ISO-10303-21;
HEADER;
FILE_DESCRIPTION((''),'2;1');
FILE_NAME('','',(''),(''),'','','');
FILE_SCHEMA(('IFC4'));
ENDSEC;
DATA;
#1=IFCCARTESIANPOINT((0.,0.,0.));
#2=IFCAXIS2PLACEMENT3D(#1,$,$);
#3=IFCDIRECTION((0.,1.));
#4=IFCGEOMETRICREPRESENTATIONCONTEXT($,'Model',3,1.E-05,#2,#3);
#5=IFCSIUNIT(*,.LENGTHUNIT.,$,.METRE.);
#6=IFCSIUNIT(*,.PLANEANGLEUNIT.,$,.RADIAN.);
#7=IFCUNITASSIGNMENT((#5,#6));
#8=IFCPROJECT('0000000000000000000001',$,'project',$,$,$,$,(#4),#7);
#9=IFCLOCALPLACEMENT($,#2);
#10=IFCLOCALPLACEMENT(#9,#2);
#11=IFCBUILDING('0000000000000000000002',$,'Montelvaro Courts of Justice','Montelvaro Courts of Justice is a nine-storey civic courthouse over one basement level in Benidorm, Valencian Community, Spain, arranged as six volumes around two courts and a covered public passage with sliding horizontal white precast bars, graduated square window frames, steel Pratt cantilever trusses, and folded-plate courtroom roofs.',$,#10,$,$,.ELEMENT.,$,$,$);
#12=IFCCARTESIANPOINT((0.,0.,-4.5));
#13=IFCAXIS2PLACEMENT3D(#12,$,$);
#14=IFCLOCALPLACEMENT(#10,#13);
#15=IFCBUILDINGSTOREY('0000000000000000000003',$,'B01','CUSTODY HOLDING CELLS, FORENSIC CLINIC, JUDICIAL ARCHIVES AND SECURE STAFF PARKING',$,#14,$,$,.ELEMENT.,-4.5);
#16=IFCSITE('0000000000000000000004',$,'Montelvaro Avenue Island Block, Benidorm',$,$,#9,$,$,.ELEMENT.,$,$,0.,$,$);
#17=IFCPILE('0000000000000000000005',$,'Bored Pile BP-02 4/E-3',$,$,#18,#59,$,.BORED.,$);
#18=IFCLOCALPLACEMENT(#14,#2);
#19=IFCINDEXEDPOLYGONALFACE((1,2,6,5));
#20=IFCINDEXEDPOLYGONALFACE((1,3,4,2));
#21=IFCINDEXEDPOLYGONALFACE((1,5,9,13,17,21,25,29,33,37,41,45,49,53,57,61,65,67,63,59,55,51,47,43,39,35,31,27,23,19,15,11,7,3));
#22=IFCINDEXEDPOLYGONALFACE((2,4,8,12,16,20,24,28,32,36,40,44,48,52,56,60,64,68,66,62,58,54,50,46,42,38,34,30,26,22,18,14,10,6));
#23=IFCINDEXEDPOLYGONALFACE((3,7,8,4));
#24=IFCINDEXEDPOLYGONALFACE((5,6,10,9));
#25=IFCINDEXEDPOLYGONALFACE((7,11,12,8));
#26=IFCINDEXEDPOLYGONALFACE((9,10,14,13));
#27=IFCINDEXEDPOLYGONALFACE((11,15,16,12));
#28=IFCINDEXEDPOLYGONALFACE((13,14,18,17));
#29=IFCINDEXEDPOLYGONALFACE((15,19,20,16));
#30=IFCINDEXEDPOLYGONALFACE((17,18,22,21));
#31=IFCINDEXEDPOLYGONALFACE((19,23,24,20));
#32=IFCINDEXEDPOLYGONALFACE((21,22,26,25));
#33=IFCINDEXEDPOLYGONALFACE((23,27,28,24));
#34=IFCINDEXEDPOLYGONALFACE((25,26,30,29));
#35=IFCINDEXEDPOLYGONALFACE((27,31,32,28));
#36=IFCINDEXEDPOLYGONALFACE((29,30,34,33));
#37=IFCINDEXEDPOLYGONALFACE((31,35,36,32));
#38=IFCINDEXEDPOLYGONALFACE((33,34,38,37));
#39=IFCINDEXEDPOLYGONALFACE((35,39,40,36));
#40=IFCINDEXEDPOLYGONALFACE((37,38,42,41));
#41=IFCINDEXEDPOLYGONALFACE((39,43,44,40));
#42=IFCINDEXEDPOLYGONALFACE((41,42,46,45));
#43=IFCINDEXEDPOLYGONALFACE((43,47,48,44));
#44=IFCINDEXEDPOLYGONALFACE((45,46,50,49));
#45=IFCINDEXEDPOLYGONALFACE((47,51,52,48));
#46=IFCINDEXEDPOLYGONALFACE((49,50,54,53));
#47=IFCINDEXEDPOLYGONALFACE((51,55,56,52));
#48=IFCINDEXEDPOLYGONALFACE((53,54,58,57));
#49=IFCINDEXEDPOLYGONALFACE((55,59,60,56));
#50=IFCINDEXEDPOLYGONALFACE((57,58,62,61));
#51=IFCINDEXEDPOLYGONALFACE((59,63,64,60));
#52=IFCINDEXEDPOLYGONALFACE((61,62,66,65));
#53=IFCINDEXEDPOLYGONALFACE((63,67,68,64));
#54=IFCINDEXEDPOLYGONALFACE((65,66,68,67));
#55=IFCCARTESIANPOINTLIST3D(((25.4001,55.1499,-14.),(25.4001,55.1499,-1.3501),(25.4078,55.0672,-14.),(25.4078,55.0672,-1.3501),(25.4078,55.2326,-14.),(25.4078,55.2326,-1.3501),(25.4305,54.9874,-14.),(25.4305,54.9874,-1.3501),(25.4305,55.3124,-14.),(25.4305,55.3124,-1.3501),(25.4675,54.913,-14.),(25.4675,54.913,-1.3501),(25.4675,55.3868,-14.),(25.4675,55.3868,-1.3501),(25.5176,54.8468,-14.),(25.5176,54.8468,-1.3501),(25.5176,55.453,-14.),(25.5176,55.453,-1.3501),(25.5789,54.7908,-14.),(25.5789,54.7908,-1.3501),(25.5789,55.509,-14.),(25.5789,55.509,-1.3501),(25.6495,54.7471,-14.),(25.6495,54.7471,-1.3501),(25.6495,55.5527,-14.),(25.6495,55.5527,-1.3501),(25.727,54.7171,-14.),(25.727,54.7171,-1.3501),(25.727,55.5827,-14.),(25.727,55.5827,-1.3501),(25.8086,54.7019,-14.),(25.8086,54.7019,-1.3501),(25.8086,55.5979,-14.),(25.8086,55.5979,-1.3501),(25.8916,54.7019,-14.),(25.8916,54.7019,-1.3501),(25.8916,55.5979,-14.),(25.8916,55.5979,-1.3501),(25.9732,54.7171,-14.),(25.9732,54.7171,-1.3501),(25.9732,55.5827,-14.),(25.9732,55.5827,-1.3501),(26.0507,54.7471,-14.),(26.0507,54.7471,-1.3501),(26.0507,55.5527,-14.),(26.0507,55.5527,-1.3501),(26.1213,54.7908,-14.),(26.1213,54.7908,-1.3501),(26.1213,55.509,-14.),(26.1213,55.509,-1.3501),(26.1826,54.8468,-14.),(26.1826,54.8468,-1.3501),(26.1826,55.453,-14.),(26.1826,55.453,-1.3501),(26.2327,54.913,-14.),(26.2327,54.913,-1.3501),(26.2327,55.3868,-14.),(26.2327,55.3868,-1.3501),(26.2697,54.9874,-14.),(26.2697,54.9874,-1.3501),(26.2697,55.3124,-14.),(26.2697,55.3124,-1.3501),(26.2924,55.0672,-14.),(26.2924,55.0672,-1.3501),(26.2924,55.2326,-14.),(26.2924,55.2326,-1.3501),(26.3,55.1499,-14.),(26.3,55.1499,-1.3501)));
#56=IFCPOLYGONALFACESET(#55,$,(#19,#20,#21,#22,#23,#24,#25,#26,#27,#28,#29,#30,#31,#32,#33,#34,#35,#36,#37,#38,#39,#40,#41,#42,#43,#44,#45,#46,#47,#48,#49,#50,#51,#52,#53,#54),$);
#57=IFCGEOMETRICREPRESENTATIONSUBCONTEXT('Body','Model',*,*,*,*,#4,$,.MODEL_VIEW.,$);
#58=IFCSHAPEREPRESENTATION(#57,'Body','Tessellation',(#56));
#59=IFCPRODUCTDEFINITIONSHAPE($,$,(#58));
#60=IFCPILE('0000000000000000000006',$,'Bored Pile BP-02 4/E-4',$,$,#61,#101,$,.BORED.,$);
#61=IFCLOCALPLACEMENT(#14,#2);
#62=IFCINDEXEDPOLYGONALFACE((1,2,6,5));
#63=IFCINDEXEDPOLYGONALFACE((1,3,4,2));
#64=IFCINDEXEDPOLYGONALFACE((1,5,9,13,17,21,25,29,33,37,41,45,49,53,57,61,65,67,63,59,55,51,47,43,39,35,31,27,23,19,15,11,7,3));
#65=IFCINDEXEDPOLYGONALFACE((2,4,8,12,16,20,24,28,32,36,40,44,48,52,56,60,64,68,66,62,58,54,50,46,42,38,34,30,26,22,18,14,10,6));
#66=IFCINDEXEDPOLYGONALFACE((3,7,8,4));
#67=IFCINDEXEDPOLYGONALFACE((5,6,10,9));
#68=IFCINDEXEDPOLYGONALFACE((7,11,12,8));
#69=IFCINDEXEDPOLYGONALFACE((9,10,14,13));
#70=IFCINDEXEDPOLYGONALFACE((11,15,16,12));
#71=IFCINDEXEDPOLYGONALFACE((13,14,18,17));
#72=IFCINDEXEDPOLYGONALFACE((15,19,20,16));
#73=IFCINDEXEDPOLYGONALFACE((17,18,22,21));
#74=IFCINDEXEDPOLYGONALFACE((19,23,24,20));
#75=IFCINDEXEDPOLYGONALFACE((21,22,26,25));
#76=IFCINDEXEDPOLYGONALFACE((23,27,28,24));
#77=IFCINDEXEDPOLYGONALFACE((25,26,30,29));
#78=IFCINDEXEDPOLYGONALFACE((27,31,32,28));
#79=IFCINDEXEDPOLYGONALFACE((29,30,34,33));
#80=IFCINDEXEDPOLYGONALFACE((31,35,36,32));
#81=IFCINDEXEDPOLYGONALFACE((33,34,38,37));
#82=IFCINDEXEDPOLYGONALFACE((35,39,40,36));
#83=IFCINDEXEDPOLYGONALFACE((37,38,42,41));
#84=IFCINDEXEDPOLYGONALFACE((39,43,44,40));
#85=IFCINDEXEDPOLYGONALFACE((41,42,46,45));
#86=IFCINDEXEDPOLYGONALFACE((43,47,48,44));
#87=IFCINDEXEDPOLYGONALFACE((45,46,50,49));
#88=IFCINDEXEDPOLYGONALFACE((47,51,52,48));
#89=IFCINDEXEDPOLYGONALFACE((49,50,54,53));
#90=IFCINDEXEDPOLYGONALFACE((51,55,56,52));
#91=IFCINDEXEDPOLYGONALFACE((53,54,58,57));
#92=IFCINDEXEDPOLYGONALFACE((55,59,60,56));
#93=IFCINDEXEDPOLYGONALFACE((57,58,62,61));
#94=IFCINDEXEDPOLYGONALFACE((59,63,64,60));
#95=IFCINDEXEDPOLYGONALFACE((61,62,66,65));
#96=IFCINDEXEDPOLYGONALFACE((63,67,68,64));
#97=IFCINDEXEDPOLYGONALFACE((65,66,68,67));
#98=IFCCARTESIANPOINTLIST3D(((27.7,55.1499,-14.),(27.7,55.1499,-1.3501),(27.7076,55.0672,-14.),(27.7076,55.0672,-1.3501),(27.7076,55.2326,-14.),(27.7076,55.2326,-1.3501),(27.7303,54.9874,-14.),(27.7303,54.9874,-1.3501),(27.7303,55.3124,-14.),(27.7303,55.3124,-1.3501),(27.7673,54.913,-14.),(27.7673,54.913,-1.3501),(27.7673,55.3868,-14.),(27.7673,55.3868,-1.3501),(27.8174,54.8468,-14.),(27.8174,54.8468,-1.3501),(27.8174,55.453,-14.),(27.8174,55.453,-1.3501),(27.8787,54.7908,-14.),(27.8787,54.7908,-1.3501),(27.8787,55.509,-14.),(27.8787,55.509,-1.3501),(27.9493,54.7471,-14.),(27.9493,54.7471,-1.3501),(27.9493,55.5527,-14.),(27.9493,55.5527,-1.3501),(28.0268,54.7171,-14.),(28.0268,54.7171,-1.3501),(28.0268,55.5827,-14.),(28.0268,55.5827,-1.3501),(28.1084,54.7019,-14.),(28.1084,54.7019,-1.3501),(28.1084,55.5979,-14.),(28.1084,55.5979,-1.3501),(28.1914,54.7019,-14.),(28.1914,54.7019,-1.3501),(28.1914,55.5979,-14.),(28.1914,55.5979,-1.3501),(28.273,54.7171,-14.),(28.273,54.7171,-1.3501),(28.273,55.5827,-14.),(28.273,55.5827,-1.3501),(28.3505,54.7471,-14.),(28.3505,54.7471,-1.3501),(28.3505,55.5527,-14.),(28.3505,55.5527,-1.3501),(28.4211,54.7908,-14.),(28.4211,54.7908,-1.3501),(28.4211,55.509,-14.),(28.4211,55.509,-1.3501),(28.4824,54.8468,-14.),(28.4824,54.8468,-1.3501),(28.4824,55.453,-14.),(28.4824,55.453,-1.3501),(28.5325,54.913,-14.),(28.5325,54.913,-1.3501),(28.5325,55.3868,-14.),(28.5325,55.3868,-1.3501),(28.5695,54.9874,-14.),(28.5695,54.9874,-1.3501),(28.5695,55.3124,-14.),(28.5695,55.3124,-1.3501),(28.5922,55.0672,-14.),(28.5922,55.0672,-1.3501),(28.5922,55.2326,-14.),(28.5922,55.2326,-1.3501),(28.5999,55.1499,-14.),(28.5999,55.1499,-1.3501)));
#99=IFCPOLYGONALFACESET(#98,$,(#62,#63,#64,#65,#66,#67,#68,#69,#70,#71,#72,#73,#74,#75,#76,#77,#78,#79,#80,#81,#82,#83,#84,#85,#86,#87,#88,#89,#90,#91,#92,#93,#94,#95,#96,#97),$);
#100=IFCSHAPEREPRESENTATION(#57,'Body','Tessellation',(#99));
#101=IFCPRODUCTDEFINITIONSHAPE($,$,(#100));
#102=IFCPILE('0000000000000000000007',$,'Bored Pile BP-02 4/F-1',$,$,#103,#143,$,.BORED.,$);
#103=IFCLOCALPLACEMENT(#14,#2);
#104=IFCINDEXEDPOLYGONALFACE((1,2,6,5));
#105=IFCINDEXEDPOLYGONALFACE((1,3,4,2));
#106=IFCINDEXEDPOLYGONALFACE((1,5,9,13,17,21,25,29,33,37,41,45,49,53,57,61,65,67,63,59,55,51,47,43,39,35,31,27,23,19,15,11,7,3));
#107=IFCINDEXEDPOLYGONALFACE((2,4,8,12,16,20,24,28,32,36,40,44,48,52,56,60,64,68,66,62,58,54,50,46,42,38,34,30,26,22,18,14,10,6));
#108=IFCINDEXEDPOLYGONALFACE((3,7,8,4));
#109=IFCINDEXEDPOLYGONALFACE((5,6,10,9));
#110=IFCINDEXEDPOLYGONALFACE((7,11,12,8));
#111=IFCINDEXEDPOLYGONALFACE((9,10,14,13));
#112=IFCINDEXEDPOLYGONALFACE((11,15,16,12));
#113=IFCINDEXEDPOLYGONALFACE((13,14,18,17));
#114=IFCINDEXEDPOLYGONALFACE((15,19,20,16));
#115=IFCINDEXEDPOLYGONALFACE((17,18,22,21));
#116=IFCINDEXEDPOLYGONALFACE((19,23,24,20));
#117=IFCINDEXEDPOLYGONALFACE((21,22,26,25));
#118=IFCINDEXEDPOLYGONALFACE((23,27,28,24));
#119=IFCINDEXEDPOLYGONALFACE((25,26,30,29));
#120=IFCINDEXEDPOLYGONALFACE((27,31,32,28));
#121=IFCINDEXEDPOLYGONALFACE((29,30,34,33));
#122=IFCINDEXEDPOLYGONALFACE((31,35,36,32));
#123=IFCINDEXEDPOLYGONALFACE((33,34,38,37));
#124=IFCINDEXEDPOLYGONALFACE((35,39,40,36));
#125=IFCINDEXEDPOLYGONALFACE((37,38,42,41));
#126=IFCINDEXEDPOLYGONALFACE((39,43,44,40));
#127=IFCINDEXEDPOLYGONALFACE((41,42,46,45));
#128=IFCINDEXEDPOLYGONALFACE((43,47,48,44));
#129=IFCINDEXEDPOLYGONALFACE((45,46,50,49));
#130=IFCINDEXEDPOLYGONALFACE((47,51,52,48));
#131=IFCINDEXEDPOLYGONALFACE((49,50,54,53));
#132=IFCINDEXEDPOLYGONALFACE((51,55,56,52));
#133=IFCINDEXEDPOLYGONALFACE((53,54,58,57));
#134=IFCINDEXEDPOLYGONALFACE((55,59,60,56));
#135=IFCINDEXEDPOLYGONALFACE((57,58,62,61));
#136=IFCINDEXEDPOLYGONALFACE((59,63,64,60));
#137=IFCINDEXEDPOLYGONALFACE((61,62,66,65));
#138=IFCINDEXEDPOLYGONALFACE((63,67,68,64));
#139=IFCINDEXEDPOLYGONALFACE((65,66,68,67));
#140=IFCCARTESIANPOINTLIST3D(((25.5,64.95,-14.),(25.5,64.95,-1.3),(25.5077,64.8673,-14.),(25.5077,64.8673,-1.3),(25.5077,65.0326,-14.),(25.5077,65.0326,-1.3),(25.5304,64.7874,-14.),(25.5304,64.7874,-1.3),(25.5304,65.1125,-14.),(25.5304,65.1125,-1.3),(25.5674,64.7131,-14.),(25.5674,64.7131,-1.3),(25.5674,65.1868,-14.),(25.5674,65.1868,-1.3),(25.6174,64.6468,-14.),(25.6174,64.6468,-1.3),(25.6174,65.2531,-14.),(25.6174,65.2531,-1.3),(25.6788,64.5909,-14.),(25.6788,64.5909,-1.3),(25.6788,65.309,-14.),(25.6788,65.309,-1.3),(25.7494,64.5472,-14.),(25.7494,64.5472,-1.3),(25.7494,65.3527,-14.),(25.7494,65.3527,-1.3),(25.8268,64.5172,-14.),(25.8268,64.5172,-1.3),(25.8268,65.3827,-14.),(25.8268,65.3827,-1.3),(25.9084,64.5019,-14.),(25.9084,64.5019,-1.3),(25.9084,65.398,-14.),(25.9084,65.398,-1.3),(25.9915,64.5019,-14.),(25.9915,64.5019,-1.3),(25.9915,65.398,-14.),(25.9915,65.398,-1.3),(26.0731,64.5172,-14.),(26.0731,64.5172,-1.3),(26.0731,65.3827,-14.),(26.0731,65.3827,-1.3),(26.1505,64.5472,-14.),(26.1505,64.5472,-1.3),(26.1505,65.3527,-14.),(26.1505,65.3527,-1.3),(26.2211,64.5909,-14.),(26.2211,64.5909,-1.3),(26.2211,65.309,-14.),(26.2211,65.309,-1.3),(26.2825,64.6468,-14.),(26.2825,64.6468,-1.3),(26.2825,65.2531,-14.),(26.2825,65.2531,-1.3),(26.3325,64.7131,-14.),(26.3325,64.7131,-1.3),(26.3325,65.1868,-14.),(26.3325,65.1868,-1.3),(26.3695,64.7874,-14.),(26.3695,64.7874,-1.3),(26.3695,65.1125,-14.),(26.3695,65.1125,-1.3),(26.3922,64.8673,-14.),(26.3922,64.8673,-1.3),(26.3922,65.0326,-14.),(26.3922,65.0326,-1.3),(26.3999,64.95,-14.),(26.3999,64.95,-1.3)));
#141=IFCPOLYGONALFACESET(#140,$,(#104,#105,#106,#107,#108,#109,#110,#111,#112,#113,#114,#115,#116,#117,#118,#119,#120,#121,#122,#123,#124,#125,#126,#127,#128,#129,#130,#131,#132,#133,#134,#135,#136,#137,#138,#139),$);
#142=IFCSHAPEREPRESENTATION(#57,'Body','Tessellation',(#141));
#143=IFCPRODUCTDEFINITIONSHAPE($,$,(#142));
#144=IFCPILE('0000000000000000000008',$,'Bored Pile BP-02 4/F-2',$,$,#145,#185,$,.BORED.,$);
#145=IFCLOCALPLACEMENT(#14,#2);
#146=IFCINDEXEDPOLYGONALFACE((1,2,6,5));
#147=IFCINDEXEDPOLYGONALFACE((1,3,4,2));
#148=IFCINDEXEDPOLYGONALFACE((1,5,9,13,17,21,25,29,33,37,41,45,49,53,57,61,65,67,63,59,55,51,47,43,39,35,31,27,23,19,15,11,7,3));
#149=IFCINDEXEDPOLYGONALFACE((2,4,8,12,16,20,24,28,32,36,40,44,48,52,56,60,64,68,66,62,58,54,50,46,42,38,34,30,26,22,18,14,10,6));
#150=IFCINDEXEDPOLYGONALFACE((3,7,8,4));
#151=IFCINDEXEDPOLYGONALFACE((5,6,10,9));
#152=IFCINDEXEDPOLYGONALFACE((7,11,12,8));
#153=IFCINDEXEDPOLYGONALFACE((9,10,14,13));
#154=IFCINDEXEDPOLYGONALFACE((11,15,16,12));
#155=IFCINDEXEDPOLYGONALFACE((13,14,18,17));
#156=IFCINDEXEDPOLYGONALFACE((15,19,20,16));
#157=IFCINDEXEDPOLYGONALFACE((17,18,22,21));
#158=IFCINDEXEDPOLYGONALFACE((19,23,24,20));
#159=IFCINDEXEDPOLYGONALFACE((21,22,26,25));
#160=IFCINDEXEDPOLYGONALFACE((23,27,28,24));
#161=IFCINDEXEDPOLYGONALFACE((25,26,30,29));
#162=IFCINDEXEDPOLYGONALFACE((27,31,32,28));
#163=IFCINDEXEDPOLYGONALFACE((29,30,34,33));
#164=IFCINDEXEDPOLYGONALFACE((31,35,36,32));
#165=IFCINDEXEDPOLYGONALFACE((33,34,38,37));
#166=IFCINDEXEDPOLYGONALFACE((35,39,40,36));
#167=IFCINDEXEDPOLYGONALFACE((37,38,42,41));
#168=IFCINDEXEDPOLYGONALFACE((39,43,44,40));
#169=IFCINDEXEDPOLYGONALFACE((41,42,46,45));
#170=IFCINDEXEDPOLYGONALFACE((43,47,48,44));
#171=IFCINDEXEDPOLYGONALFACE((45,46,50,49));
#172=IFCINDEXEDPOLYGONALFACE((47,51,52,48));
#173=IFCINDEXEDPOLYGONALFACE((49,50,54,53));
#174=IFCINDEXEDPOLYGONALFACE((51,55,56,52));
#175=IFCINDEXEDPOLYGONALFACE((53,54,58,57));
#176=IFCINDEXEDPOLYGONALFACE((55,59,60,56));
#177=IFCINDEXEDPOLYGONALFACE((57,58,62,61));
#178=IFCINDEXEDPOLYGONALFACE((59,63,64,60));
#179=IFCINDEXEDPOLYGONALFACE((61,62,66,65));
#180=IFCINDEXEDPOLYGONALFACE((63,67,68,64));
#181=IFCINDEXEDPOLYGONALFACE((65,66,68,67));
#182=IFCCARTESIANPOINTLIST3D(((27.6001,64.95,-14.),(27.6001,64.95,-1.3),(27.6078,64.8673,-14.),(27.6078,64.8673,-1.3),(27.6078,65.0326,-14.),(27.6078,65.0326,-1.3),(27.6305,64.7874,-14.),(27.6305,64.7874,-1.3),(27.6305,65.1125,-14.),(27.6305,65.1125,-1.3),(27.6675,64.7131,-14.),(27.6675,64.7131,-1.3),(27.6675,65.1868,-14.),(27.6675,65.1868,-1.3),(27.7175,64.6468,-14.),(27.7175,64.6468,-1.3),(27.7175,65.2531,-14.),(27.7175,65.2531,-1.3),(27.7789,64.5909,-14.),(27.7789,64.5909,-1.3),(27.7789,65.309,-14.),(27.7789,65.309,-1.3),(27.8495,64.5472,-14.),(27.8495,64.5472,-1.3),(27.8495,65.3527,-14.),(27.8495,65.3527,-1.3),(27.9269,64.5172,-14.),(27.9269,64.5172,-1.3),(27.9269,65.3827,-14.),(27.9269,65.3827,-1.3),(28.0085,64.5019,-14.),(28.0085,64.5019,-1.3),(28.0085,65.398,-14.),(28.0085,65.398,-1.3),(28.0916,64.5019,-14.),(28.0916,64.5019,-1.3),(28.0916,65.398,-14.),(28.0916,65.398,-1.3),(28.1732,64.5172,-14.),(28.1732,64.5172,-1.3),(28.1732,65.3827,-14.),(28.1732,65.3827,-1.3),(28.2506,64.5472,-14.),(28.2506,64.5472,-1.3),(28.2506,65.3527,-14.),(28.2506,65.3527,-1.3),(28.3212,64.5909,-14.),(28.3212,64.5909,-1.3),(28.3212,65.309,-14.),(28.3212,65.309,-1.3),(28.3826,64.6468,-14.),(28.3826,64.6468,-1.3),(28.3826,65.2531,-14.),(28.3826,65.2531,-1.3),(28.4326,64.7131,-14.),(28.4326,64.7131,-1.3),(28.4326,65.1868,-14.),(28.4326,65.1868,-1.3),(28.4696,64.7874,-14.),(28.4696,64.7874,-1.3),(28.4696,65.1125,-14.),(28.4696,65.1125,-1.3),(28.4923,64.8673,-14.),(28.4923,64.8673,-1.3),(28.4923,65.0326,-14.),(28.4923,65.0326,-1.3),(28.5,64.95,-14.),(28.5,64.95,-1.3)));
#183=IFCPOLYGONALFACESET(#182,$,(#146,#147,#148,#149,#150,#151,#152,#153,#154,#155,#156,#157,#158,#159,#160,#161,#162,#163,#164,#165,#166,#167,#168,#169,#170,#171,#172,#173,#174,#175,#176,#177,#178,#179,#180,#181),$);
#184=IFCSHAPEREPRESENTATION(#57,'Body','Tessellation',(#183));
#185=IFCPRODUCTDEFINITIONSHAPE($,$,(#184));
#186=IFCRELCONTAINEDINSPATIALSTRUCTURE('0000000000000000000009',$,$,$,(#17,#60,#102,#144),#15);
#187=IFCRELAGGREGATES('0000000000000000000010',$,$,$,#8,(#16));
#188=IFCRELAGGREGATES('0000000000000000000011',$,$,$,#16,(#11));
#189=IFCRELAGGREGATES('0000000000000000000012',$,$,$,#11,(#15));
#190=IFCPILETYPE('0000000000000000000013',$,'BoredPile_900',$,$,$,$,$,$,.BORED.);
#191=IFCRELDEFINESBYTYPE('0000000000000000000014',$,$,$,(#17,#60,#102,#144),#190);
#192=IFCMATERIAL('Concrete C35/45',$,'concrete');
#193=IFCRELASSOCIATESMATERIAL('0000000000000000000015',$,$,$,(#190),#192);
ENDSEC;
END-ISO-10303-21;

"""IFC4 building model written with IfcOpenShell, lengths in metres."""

from ifc_helpers import new_model, si_unit, direction, frame, origin, origin_2d, place, context, subcontext, project, spatial, circle, extrude, material, material_profile, profile_set, type_object, element, save


model = new_model("IFC4")

# Units and contexts
model_context = context("Model", 3, precision=1e-05, world=origin(), true_north=direction((0.0, 1.0)))
body_context = subcontext(model_context, "Body", "Model", "MODEL_VIEW")
ifc_project = project(units=[si_unit("LENGTHUNIT", "METRE"), si_unit("PLANEANGLEUNIT", "RADIAN")], contexts=[model_context])

# Site, building, storey
site_placement = place(None, origin())
site = spatial("IfcSite", under=ifc_project, at=site_placement, Name="Montelvaro Avenue Island Block, Benidorm", CompositionType="ELEMENT", RefElevation=0.0)
building_placement = place(site_placement, origin())
building = spatial("IfcBuilding", under=site, at=building_placement, Name="Montelvaro Courts of Justice", Description="Montelvaro Courts of Justice is a nine-storey civic courthouse over one basement level in Benidorm, Valencian Community, Spain, arranged as six volumes around two courts and a covered public passage with sliding horizontal white precast bars, graduated square window frames, steel Pratt cantilever trusses, and folded-plate courtroom roofs.", CompositionType="ELEMENT")
storey_placement = place(building_placement, frame((0.0, 0.0, -4.5)))
storey = spatial("IfcBuildingStorey", under=building, at=storey_placement, Name="B01", Description="CUSTODY HOLDING CELLS, FORENSIC CLINIC, JUDICIAL ARCHIVES AND SECURE STAFF PARKING", CompositionType="ELEMENT", Elevation=-4.5)

# Piles
ifc_material_1 = material(Name="Concrete C35/45", Category="concrete")
ifc_material_profile_1 = material_profile(ifc_material_1, circle(Radius=0.45, at=origin_2d()), Name="BORED PILE D900")
ifc_profile_set_1 = profile_set([ifc_material_profile_1], Name="Concrete C35/45")
pile_type_1 = type_object("IfcPileType", Name="BoredPile_900", PredefinedType="BORED", material=ifc_profile_set_1)
for number, where, z_axis, x_axis, name in (
    (1, (25.8501, 55.1499, -1.3501), (0.0, 0.0, -1.0), (1.0, 0.0, 0.0), "Bored Pile BP-02 4/E-3"),
    (2, (28.1499, 55.1499, -1.3501), (0.0, 0.0, -1.0), (1.0, 0.0, 0.0), "Bored Pile BP-02 4/E-4"),
):
    element("IfcPile", number, at=place(storey_placement, frame(where, z_axis=z_axis, x_axis=x_axis)), inside=storey, type_object=pile_type_1, Name=name, PredefinedType="BORED", context=body_context, shape_type="SweptSolid", body=[
        extrude(circle(Radius=0.45, at=origin_2d()), origin(), (0.0, 0.0, 1.0), 12.6499),
    ])
for number, where, z_axis, x_axis, name in (
    (3, (25.95, 64.95, -1.3), (0.0, 0.0, -1.0), (1.0, 0.0, 0.0), "Bored Pile BP-02 4/F-1"),
    (4, (28.05, 64.95, -1.3), (0.0, 0.0, -1.0), (1.0, 0.0, 0.0), "Bored Pile BP-02 4/F-2"),
):
    element("IfcPile", number, at=place(storey_placement, frame(where, z_axis=z_axis, x_axis=x_axis)), inside=storey, type_object=pile_type_1, Name=name, PredefinedType="BORED", context=body_context, shape_type="SweptSolid", body=[
        extrude(circle(Radius=0.45, at=origin_2d()), origin(), (0.0, 0.0, 1.0), 12.7),
    ])

save(model, "model.ifc")
